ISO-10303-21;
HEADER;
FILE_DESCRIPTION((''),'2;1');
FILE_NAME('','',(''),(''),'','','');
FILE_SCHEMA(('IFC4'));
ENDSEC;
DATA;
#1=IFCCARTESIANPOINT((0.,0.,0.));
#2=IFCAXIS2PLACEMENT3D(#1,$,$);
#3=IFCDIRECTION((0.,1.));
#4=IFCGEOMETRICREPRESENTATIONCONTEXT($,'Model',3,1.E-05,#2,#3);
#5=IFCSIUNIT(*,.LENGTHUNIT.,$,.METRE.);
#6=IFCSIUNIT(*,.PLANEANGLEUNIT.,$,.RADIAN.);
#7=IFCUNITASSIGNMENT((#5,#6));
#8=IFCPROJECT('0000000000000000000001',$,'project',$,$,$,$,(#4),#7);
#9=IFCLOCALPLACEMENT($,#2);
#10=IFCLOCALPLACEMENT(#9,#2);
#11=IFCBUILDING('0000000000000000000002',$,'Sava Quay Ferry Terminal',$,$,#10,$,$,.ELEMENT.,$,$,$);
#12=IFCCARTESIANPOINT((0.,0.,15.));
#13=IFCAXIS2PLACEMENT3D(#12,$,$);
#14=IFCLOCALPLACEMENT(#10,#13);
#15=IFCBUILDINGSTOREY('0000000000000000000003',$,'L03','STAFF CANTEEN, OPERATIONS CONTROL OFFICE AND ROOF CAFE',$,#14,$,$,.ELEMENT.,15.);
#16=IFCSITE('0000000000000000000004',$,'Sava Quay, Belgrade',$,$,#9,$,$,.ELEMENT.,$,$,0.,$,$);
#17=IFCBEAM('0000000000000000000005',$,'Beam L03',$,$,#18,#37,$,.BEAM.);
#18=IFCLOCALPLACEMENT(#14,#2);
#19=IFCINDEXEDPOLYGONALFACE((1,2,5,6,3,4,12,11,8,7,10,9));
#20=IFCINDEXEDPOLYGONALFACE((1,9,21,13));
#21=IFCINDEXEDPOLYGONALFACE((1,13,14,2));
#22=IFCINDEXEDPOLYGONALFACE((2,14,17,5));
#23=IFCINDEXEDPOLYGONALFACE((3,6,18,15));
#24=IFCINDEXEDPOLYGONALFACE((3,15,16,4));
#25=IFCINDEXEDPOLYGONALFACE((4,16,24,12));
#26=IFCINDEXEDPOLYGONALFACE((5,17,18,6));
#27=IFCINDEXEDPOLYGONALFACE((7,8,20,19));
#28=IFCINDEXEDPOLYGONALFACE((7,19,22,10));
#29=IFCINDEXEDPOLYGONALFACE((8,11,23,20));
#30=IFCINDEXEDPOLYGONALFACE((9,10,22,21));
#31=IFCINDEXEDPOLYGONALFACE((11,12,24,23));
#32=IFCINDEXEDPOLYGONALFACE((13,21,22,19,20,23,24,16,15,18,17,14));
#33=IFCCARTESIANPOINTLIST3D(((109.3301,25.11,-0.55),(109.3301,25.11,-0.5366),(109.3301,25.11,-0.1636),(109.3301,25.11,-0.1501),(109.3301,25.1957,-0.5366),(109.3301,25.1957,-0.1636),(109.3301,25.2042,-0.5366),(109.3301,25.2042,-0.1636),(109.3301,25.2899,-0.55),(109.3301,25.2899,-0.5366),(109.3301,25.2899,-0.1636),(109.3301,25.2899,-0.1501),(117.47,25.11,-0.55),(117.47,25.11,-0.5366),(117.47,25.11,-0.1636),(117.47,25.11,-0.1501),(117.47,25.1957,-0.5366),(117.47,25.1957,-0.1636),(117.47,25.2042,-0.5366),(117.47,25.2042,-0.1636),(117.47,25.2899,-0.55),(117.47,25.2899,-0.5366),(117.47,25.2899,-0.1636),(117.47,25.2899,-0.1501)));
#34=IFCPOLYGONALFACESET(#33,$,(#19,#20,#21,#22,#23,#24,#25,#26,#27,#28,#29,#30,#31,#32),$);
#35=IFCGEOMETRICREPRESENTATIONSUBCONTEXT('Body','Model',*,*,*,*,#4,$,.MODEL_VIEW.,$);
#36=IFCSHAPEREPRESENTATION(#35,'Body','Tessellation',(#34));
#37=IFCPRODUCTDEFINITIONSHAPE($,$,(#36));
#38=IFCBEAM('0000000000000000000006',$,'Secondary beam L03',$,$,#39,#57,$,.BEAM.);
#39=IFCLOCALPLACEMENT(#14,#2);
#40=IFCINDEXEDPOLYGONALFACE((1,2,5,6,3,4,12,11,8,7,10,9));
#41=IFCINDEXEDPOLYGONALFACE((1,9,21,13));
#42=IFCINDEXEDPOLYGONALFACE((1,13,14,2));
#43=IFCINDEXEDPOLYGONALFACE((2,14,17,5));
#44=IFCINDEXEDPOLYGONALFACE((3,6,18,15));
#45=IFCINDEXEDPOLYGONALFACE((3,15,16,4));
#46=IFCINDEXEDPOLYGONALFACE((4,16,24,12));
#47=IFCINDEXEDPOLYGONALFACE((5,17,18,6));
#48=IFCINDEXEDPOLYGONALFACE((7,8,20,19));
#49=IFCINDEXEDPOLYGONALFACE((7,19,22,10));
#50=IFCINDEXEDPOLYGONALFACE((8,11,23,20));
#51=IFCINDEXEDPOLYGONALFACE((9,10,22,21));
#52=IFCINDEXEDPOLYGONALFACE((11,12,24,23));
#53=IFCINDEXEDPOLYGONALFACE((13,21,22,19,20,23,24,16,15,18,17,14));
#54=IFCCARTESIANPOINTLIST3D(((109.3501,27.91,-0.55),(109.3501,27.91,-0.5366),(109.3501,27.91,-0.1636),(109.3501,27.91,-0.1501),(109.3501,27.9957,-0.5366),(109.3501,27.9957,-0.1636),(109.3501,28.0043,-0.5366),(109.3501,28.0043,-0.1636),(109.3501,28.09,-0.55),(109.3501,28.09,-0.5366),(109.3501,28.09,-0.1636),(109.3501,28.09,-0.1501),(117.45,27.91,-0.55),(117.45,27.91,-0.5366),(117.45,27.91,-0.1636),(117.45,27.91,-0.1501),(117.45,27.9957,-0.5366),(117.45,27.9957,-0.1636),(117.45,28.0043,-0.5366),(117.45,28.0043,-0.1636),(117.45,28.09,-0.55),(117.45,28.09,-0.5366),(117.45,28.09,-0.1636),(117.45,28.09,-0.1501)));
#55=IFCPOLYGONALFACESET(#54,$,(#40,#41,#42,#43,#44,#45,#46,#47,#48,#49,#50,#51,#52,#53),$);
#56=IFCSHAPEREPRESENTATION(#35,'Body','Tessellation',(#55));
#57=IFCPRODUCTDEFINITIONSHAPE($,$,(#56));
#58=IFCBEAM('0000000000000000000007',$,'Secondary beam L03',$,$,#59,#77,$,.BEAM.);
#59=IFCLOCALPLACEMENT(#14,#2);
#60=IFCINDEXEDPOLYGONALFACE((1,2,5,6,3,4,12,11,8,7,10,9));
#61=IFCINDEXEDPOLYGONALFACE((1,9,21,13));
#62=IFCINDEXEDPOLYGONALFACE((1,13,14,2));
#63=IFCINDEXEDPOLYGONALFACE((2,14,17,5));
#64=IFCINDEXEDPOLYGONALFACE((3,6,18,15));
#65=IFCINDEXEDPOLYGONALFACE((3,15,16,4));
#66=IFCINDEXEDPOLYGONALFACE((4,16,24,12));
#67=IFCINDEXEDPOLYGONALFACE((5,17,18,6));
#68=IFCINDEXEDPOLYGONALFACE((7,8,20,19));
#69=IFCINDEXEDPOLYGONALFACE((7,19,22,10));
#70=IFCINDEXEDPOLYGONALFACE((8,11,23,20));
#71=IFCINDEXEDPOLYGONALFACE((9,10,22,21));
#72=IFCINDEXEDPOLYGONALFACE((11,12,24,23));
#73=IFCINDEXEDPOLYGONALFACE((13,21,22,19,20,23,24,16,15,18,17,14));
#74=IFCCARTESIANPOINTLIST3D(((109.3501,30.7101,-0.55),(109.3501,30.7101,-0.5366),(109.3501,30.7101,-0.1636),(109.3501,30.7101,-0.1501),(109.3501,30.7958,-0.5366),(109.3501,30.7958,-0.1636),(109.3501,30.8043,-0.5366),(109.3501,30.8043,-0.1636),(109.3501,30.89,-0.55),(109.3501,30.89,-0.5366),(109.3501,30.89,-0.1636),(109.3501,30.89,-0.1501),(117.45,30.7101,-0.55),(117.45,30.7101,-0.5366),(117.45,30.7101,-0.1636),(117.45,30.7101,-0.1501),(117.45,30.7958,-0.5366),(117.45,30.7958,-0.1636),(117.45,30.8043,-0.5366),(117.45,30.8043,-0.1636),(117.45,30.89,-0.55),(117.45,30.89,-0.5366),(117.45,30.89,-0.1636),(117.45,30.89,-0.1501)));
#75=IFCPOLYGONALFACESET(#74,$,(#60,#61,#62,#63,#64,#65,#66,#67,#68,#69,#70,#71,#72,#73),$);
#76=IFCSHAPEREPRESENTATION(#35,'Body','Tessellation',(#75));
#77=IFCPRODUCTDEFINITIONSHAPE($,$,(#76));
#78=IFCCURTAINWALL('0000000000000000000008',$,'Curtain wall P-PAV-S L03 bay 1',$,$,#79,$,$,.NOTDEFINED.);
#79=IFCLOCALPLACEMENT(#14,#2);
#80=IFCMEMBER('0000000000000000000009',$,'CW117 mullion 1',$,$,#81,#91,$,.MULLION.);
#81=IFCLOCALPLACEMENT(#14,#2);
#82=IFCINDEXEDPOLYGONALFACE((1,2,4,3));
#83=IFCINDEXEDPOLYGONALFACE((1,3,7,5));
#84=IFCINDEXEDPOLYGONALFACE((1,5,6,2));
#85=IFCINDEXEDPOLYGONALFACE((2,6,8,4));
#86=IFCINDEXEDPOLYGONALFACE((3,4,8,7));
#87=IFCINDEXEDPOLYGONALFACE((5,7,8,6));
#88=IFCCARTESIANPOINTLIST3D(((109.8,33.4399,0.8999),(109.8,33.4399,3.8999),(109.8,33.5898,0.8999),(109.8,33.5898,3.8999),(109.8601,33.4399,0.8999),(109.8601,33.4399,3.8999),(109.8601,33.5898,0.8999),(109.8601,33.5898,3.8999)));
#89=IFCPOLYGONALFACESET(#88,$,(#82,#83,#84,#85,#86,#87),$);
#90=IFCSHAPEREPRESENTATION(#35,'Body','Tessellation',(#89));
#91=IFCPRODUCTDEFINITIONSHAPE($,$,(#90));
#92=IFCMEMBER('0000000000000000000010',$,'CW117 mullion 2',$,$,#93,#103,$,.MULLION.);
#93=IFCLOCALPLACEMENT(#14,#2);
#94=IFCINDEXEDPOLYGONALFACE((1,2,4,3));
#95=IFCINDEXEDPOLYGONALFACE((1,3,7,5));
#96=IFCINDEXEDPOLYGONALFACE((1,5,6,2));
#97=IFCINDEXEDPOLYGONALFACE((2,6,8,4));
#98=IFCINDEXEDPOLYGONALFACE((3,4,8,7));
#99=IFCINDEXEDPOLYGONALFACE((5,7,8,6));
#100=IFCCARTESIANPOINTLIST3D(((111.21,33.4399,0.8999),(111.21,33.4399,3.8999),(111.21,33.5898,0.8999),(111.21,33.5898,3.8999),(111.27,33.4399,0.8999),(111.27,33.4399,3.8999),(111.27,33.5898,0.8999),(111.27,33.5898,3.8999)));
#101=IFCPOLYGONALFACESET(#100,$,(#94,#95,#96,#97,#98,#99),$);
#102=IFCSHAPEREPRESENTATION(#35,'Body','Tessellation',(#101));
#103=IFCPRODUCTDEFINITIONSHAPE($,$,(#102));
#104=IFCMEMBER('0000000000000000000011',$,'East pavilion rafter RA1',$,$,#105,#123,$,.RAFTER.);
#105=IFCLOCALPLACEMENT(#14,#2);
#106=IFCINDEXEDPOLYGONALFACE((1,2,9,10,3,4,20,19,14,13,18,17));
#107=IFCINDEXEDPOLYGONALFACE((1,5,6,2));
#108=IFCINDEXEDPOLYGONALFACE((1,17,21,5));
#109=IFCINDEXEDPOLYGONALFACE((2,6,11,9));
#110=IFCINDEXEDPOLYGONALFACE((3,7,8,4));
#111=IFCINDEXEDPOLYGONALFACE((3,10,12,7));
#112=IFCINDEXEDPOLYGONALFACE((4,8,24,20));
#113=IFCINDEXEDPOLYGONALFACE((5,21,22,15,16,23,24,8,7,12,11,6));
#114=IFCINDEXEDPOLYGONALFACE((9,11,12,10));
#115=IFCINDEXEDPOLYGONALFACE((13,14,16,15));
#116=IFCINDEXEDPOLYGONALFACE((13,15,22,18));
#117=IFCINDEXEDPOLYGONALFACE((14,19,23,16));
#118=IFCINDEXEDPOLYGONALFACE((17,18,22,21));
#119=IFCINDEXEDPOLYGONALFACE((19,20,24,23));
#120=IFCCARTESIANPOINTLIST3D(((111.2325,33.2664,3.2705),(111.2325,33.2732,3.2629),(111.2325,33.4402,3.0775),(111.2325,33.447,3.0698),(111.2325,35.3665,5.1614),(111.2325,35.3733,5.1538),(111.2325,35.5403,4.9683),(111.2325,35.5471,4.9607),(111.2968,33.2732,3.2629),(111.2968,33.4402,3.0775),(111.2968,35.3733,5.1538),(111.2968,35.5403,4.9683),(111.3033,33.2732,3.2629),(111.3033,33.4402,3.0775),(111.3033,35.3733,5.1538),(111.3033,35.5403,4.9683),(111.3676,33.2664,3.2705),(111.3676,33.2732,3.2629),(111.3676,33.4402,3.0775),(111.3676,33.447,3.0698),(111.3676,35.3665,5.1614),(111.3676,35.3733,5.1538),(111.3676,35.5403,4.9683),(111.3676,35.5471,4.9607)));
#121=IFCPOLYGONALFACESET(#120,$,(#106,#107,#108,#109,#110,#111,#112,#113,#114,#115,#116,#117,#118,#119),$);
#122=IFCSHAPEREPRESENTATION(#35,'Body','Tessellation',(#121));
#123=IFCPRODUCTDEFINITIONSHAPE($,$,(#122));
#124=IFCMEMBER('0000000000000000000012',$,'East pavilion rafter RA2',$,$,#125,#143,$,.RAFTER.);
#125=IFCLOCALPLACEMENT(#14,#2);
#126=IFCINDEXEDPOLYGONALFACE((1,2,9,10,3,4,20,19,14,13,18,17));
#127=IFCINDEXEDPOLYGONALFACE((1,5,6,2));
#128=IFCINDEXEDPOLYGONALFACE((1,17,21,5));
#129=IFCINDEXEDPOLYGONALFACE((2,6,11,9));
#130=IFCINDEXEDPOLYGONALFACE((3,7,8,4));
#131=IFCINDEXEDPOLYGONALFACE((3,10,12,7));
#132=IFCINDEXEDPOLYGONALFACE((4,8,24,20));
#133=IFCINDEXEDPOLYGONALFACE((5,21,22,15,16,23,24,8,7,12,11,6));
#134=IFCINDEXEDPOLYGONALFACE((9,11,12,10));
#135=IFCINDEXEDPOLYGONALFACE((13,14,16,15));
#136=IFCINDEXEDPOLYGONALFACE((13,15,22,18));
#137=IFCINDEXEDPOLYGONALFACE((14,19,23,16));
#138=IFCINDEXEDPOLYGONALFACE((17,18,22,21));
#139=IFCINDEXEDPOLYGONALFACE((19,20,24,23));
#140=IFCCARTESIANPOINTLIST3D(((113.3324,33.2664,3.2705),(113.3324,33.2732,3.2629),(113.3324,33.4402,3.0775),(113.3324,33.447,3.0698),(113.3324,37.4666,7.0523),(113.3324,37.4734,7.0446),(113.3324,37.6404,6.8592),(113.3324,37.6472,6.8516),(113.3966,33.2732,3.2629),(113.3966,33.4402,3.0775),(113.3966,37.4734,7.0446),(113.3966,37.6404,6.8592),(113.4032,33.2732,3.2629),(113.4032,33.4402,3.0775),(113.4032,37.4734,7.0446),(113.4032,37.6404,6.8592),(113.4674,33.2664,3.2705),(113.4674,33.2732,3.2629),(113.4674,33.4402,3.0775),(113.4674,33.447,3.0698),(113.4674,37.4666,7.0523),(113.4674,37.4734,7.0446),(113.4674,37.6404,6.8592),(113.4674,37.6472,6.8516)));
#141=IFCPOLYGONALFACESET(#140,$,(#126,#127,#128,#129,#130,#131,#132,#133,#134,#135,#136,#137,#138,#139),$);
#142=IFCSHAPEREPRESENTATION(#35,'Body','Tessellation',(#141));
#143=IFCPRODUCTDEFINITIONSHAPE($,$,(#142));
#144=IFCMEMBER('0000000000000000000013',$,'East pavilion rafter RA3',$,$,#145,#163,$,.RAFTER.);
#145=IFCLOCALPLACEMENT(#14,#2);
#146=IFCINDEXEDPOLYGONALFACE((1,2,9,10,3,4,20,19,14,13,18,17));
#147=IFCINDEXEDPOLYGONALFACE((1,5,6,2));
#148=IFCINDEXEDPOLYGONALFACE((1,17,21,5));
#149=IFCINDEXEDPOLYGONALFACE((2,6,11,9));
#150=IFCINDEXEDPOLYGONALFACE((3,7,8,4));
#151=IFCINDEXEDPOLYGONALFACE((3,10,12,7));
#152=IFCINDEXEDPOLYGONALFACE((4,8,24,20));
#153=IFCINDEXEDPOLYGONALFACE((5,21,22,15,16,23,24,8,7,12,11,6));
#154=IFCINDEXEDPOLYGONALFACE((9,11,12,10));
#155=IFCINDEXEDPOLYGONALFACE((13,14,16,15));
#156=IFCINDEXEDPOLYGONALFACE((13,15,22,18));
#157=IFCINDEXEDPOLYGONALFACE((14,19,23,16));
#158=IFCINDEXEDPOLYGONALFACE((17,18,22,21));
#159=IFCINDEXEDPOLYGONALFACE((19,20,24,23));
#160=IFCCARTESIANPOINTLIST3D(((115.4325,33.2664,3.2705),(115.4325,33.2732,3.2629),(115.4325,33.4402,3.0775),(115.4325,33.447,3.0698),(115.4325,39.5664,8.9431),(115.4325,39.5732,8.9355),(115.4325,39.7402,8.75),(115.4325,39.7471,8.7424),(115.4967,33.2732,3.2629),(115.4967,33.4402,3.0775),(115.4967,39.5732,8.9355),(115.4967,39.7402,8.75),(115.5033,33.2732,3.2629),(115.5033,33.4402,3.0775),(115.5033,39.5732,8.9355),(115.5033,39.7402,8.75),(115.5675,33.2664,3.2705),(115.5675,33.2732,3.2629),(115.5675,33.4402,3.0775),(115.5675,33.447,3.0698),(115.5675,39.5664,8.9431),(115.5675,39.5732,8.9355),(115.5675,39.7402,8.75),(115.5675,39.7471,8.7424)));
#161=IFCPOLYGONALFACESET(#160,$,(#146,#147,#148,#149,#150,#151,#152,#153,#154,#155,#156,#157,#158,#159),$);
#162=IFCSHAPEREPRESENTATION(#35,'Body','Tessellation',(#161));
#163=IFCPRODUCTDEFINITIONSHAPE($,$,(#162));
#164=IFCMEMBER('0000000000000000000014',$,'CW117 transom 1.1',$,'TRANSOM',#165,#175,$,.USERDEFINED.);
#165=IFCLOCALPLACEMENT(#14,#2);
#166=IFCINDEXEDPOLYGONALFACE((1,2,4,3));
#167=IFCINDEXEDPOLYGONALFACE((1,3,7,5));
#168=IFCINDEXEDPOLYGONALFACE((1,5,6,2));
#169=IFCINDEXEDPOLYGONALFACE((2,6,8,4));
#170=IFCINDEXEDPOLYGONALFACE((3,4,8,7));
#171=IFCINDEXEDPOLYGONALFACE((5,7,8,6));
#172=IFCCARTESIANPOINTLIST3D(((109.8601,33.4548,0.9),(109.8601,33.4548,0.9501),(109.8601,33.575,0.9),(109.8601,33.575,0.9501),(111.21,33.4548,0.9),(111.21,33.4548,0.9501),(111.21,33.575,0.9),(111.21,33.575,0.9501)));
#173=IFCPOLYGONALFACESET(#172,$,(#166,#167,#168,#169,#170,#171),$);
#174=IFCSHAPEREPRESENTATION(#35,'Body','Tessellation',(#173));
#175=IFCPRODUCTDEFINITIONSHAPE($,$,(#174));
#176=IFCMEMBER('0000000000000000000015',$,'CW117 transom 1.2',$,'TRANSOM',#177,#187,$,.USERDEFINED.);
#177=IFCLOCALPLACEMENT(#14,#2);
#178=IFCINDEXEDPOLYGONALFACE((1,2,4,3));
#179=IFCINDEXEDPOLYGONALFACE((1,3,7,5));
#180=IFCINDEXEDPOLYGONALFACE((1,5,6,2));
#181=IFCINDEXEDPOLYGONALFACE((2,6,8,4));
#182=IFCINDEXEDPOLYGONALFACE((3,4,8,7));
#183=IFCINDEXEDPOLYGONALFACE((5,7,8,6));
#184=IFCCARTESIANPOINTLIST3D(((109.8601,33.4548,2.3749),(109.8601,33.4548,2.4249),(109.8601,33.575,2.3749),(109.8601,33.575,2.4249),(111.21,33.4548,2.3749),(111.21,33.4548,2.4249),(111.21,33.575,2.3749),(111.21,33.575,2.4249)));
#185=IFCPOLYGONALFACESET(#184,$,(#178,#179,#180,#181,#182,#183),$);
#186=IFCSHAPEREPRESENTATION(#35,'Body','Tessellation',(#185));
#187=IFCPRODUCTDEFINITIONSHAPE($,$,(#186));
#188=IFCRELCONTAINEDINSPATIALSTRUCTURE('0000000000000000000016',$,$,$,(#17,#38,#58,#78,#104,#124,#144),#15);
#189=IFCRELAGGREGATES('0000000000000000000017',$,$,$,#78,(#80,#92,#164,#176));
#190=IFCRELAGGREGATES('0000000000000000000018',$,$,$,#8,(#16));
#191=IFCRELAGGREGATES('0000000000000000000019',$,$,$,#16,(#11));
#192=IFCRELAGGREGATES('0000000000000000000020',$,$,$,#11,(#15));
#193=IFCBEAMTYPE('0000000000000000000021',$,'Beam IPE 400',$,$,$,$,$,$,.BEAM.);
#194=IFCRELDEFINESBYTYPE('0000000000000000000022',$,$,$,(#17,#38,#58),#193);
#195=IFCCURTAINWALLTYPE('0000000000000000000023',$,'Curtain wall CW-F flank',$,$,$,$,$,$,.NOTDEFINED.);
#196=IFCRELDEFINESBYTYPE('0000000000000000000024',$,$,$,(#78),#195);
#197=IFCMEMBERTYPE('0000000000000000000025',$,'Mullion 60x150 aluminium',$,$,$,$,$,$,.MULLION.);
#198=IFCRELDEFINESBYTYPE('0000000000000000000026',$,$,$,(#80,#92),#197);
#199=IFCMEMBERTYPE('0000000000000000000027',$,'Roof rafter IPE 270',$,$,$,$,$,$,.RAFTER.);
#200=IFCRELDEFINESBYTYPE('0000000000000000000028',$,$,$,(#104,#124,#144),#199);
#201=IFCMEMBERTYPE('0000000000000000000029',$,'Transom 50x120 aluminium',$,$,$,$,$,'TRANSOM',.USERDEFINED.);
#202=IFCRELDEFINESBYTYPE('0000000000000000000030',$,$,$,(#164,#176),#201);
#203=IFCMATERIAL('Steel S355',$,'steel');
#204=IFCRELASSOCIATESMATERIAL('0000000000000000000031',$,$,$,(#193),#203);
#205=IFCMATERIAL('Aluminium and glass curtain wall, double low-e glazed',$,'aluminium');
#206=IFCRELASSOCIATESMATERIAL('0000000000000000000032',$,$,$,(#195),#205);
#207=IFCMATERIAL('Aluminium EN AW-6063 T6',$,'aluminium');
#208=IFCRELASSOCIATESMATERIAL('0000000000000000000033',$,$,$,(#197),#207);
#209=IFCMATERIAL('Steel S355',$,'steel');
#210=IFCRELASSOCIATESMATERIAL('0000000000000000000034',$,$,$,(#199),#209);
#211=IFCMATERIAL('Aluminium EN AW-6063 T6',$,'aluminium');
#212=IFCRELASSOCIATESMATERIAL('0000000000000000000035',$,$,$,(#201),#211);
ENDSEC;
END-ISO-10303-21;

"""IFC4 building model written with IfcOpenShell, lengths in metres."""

from ifc_helpers import new_model, si_unit, direction, frame, origin, origin_2d, place, context, subcontext, project, spatial, rectangle, i_section, extrude, material, material_profile, profile_set, type_object, element, aggregate, save


model = new_model("IFC4")

# Units and contexts
model_context = context("Model", 3, precision=1e-05, world=origin(), true_north=direction((0.0, 1.0)))
body_context = subcontext(model_context, "Body", "Model", "MODEL_VIEW")
ifc_project = project(units=[si_unit("LENGTHUNIT", "METRE"), si_unit("PLANEANGLEUNIT", "RADIAN")], contexts=[model_context])

# Site, building, storey
site_placement = place(None, origin())
site = spatial("IfcSite", under=ifc_project, at=site_placement, Name="Sava Quay, Belgrade", CompositionType="ELEMENT", RefElevation=0.0)
building_placement = place(site_placement, origin())
building = spatial("IfcBuilding", under=site, at=building_placement, Name="Sava Quay Ferry Terminal", CompositionType="ELEMENT")
storey_placement = place(building_placement, frame((0.0, 0.0, 15.0)))
storey = spatial("IfcBuildingStorey", under=building, at=storey_placement, Name="L03", Description="STAFF CANTEEN, OPERATIONS CONTROL OFFICE AND ROOF CAFE", CompositionType="ELEMENT", Elevation=15.0)

# Beams
ifc_material_1 = material(Name="Steel S355", Category="steel")
ifc_material_profile_1 = material_profile(ifc_material_1, i_section(OverallWidth=0.1799, OverallDepth=0.3999, WebThickness=0.0085, FlangeThickness=0.0134, at=origin_2d()), Name="IPE 400")
ifc_profile_set_1 = profile_set([ifc_material_profile_1], Name="Steel S355")
beam_type = type_object("IfcBeamType", Name="Beam IPE 400", PredefinedType="BEAM", material=ifc_profile_set_1)
beam_placement = place(storey_placement, frame((109.3301, 25.2, -0.3501), z_axis=(1.0, 0.0, 0.0), x_axis=(0.0, 1.0, 0.0)))
element("IfcBeam", 1, at=beam_placement, inside=storey, type_object=beam_type, Name="Beam L03", PredefinedType="BEAM", context=body_context, shape_type="SweptSolid", body=[
    extrude(i_section(OverallWidth=0.1799, OverallDepth=0.3999, WebThickness=0.0085, FlangeThickness=0.0134, at=origin_2d()), origin(), (0.0, 0.0, 1.0), 8.1399),
])
for number, where, z_axis, x_axis, name in (
    (2, (109.3501, 28.0, -0.3501), (1.0, 0.0, 0.0), (0.0, 1.0, 0.0), "Secondary beam L03"),
    (3, (109.3501, 30.8, -0.3501), (1.0, 0.0, 0.0), (0.0, 1.0, 0.0), "Secondary beam L03"),
):
    element("IfcBeam", number, at=place(storey_placement, frame(where, z_axis=z_axis, x_axis=x_axis)), inside=storey, type_object=beam_type, Name=name, PredefinedType="BEAM", context=body_context, shape_type="SweptSolid", body=[
        extrude(i_section(OverallWidth=0.1799, OverallDepth=0.3999, WebThickness=0.0085, FlangeThickness=0.0134, at=origin_2d()), origin(), (0.0, 0.0, 1.0), 8.0999),
    ])

# Curtain wall, members
ifc_material_2 = material(Name="Aluminium and glass curtain wall, double low-e glazed", Category="aluminium")
curtain_wall_type = type_object("IfcCurtainWallType", Name="Curtain wall CW-F flank", PredefinedType="NOTDEFINED", material=ifc_material_2)
curtain_wall_placement = place(storey_placement, origin())
curtain_wall = element("IfcCurtainWall", 4, at=curtain_wall_placement, inside=storey, type_object=curtain_wall_type, Name="Curtain wall P-PAV-S L03 bay 1", PredefinedType="NOTDEFINED")
ifc_material_3 = material(Name="Aluminium EN AW-6063 T6", Category="aluminium")
ifc_material_profile_2 = material_profile(ifc_material_3, rectangle(XDim=0.1499, YDim=0.0601, at=origin_2d()), Name="Mullion 60x150 aluminium")
ifc_profile_set_2 = profile_set([ifc_material_profile_2], Name="Aluminium EN AW-6063 T6")
member_type_1 = type_object("IfcMemberType", Name="Mullion 60x150 aluminium", PredefinedType="MULLION", material=ifc_profile_set_2)
member_1_placement = place(storey_placement, frame((109.8301, 33.5149, 0.8999), z_axis=(0.0, 0.0, 1.0), x_axis=(0.0, 1.0, 0.0)))
member_1 = element("IfcMember", 5, at=member_1_placement, type_object=member_type_1, Name="CW117 mullion 1", PredefinedType="MULLION", context=body_context, shape_type="SweptSolid", body=[
    extrude(rectangle(XDim=0.1499, YDim=0.0601, at=origin_2d()), origin(), (0.0, 0.0, 1.0), 3.0),
])
member_2_placement = place(storey_placement, frame((111.24, 33.5149, 0.8999), z_axis=(0.0, 0.0, 1.0), x_axis=(0.0, 1.0, 0.0)))
member_2 = element("IfcMember", 6, at=member_2_placement, type_object=member_type_1, Name="CW117 mullion 2", PredefinedType="MULLION", context=body_context, shape_type="SweptSolid", body=[
    extrude(rectangle(XDim=0.1499, YDim=0.0601, at=origin_2d()), origin(), (0.0, 0.0, 1.0), 3.0),
])

# Members
ifc_material_4 = material(Name="Steel S355", Category="steel")
ifc_material_profile_3 = material_profile(ifc_material_4, i_section(OverallWidth=0.135, OverallDepth=0.27, WebThickness=0.0066, FlangeThickness=0.0103, at=origin_2d()), Name="IPE 270")
ifc_profile_set_3 = profile_set([ifc_material_profile_3], Name="Steel S355")
member_type_2 = type_object("IfcMemberType", Name="Roof rafter IPE 270", PredefinedType="RAFTER", material=ifc_profile_set_3)
member_3_placement = place(storey_placement, frame((111.3, 33.3567, 3.1702), z_axis=(0.0, 0.743157, 0.669117), x_axis=(-1.0, 0.0, 0.0)))
element("IfcMember", 7, at=member_3_placement, inside=storey, type_object=member_type_2, Name="East pavilion rafter RA1", PredefinedType="RAFTER", context=body_context, shape_type="SweptSolid", body=[
    extrude(i_section(OverallWidth=0.135, OverallDepth=0.27, WebThickness=0.0066, FlangeThickness=0.0103, at=origin_2d()), origin(), (0.0, 0.0, 1.0), 2.8259),
])
member_4_placement = place(storey_placement, frame((113.3999, 33.3567, 3.1702), z_axis=(0.0, 0.743157, 0.669117), x_axis=(-1.0, 0.0, 0.0)))
element("IfcMember", 8, at=member_4_placement, inside=storey, type_object=member_type_2, Name="East pavilion rafter RA2", PredefinedType="RAFTER", context=body_context, shape_type="SweptSolid", body=[
    extrude(i_section(OverallWidth=0.135, OverallDepth=0.27, WebThickness=0.0066, FlangeThickness=0.0103, at=origin_2d()), origin(), (0.0, 0.0, 1.0), 5.6519),
])
member_5_placement = place(storey_placement, frame((115.5, 33.3567, 3.1702), z_axis=(0.0, 0.743144, 0.669132), x_axis=(-1.0, 0.0, 0.0)))
element("IfcMember", 9, at=member_5_placement, inside=storey, type_object=member_type_2, Name="East pavilion rafter RA3", PredefinedType="RAFTER", context=body_context, shape_type="SweptSolid", body=[
    extrude(i_section(OverallWidth=0.135, OverallDepth=0.27, WebThickness=0.0066, FlangeThickness=0.0103, at=origin_2d()), origin(), (0.0, 0.0, 1.0), 8.4775),
])

# Members
ifc_material_5 = material(Name="Aluminium EN AW-6063 T6", Category="aluminium")
ifc_material_profile_4 = material_profile(ifc_material_5, rectangle(XDim=0.1201, YDim=0.05, at=origin_2d()), Name="Transom 50x120 aluminium")
ifc_profile_set_4 = profile_set([ifc_material_profile_4], Name="Aluminium EN AW-6063 T6")
member_type_3 = type_object("IfcMemberType", Name="Transom 50x120 aluminium", ElementType="TRANSOM", PredefinedType="USERDEFINED", material=ifc_profile_set_4)
member_6_placement = place(storey_placement, frame((109.8601, 33.5149, 0.925), z_axis=(1.0, 0.0, 0.0), x_axis=(0.0, 1.0, 0.0)))
member_6 = element("IfcMember", 10, at=member_6_placement, type_object=member_type_3, Name="CW117 transom 1.1", ObjectType="TRANSOM", PredefinedType="USERDEFINED", context=body_context, shape_type="SweptSolid", body=[
    extrude(rectangle(XDim=0.1201, YDim=0.05, at=origin_2d()), origin(), (0.0, 0.0, 1.0), 1.3499),
])
member_7_placement = place(storey_placement, frame((109.8601, 33.5149, 2.3999), z_axis=(1.0, 0.0, 0.0), x_axis=(0.0, 1.0, 0.0)))
member_7 = element("IfcMember", 11, at=member_7_placement, type_object=member_type_3, Name="CW117 transom 1.2", ObjectType="TRANSOM", PredefinedType="USERDEFINED", context=body_context, shape_type="SweptSolid", body=[
    extrude(rectangle(XDim=0.1201, YDim=0.05, at=origin_2d()), origin(), (0.0, 0.0, 1.0), 1.3499),
])

aggregate(curtain_wall, [member_1, member_2, member_6, member_7])

save(model, "model.ifc")
